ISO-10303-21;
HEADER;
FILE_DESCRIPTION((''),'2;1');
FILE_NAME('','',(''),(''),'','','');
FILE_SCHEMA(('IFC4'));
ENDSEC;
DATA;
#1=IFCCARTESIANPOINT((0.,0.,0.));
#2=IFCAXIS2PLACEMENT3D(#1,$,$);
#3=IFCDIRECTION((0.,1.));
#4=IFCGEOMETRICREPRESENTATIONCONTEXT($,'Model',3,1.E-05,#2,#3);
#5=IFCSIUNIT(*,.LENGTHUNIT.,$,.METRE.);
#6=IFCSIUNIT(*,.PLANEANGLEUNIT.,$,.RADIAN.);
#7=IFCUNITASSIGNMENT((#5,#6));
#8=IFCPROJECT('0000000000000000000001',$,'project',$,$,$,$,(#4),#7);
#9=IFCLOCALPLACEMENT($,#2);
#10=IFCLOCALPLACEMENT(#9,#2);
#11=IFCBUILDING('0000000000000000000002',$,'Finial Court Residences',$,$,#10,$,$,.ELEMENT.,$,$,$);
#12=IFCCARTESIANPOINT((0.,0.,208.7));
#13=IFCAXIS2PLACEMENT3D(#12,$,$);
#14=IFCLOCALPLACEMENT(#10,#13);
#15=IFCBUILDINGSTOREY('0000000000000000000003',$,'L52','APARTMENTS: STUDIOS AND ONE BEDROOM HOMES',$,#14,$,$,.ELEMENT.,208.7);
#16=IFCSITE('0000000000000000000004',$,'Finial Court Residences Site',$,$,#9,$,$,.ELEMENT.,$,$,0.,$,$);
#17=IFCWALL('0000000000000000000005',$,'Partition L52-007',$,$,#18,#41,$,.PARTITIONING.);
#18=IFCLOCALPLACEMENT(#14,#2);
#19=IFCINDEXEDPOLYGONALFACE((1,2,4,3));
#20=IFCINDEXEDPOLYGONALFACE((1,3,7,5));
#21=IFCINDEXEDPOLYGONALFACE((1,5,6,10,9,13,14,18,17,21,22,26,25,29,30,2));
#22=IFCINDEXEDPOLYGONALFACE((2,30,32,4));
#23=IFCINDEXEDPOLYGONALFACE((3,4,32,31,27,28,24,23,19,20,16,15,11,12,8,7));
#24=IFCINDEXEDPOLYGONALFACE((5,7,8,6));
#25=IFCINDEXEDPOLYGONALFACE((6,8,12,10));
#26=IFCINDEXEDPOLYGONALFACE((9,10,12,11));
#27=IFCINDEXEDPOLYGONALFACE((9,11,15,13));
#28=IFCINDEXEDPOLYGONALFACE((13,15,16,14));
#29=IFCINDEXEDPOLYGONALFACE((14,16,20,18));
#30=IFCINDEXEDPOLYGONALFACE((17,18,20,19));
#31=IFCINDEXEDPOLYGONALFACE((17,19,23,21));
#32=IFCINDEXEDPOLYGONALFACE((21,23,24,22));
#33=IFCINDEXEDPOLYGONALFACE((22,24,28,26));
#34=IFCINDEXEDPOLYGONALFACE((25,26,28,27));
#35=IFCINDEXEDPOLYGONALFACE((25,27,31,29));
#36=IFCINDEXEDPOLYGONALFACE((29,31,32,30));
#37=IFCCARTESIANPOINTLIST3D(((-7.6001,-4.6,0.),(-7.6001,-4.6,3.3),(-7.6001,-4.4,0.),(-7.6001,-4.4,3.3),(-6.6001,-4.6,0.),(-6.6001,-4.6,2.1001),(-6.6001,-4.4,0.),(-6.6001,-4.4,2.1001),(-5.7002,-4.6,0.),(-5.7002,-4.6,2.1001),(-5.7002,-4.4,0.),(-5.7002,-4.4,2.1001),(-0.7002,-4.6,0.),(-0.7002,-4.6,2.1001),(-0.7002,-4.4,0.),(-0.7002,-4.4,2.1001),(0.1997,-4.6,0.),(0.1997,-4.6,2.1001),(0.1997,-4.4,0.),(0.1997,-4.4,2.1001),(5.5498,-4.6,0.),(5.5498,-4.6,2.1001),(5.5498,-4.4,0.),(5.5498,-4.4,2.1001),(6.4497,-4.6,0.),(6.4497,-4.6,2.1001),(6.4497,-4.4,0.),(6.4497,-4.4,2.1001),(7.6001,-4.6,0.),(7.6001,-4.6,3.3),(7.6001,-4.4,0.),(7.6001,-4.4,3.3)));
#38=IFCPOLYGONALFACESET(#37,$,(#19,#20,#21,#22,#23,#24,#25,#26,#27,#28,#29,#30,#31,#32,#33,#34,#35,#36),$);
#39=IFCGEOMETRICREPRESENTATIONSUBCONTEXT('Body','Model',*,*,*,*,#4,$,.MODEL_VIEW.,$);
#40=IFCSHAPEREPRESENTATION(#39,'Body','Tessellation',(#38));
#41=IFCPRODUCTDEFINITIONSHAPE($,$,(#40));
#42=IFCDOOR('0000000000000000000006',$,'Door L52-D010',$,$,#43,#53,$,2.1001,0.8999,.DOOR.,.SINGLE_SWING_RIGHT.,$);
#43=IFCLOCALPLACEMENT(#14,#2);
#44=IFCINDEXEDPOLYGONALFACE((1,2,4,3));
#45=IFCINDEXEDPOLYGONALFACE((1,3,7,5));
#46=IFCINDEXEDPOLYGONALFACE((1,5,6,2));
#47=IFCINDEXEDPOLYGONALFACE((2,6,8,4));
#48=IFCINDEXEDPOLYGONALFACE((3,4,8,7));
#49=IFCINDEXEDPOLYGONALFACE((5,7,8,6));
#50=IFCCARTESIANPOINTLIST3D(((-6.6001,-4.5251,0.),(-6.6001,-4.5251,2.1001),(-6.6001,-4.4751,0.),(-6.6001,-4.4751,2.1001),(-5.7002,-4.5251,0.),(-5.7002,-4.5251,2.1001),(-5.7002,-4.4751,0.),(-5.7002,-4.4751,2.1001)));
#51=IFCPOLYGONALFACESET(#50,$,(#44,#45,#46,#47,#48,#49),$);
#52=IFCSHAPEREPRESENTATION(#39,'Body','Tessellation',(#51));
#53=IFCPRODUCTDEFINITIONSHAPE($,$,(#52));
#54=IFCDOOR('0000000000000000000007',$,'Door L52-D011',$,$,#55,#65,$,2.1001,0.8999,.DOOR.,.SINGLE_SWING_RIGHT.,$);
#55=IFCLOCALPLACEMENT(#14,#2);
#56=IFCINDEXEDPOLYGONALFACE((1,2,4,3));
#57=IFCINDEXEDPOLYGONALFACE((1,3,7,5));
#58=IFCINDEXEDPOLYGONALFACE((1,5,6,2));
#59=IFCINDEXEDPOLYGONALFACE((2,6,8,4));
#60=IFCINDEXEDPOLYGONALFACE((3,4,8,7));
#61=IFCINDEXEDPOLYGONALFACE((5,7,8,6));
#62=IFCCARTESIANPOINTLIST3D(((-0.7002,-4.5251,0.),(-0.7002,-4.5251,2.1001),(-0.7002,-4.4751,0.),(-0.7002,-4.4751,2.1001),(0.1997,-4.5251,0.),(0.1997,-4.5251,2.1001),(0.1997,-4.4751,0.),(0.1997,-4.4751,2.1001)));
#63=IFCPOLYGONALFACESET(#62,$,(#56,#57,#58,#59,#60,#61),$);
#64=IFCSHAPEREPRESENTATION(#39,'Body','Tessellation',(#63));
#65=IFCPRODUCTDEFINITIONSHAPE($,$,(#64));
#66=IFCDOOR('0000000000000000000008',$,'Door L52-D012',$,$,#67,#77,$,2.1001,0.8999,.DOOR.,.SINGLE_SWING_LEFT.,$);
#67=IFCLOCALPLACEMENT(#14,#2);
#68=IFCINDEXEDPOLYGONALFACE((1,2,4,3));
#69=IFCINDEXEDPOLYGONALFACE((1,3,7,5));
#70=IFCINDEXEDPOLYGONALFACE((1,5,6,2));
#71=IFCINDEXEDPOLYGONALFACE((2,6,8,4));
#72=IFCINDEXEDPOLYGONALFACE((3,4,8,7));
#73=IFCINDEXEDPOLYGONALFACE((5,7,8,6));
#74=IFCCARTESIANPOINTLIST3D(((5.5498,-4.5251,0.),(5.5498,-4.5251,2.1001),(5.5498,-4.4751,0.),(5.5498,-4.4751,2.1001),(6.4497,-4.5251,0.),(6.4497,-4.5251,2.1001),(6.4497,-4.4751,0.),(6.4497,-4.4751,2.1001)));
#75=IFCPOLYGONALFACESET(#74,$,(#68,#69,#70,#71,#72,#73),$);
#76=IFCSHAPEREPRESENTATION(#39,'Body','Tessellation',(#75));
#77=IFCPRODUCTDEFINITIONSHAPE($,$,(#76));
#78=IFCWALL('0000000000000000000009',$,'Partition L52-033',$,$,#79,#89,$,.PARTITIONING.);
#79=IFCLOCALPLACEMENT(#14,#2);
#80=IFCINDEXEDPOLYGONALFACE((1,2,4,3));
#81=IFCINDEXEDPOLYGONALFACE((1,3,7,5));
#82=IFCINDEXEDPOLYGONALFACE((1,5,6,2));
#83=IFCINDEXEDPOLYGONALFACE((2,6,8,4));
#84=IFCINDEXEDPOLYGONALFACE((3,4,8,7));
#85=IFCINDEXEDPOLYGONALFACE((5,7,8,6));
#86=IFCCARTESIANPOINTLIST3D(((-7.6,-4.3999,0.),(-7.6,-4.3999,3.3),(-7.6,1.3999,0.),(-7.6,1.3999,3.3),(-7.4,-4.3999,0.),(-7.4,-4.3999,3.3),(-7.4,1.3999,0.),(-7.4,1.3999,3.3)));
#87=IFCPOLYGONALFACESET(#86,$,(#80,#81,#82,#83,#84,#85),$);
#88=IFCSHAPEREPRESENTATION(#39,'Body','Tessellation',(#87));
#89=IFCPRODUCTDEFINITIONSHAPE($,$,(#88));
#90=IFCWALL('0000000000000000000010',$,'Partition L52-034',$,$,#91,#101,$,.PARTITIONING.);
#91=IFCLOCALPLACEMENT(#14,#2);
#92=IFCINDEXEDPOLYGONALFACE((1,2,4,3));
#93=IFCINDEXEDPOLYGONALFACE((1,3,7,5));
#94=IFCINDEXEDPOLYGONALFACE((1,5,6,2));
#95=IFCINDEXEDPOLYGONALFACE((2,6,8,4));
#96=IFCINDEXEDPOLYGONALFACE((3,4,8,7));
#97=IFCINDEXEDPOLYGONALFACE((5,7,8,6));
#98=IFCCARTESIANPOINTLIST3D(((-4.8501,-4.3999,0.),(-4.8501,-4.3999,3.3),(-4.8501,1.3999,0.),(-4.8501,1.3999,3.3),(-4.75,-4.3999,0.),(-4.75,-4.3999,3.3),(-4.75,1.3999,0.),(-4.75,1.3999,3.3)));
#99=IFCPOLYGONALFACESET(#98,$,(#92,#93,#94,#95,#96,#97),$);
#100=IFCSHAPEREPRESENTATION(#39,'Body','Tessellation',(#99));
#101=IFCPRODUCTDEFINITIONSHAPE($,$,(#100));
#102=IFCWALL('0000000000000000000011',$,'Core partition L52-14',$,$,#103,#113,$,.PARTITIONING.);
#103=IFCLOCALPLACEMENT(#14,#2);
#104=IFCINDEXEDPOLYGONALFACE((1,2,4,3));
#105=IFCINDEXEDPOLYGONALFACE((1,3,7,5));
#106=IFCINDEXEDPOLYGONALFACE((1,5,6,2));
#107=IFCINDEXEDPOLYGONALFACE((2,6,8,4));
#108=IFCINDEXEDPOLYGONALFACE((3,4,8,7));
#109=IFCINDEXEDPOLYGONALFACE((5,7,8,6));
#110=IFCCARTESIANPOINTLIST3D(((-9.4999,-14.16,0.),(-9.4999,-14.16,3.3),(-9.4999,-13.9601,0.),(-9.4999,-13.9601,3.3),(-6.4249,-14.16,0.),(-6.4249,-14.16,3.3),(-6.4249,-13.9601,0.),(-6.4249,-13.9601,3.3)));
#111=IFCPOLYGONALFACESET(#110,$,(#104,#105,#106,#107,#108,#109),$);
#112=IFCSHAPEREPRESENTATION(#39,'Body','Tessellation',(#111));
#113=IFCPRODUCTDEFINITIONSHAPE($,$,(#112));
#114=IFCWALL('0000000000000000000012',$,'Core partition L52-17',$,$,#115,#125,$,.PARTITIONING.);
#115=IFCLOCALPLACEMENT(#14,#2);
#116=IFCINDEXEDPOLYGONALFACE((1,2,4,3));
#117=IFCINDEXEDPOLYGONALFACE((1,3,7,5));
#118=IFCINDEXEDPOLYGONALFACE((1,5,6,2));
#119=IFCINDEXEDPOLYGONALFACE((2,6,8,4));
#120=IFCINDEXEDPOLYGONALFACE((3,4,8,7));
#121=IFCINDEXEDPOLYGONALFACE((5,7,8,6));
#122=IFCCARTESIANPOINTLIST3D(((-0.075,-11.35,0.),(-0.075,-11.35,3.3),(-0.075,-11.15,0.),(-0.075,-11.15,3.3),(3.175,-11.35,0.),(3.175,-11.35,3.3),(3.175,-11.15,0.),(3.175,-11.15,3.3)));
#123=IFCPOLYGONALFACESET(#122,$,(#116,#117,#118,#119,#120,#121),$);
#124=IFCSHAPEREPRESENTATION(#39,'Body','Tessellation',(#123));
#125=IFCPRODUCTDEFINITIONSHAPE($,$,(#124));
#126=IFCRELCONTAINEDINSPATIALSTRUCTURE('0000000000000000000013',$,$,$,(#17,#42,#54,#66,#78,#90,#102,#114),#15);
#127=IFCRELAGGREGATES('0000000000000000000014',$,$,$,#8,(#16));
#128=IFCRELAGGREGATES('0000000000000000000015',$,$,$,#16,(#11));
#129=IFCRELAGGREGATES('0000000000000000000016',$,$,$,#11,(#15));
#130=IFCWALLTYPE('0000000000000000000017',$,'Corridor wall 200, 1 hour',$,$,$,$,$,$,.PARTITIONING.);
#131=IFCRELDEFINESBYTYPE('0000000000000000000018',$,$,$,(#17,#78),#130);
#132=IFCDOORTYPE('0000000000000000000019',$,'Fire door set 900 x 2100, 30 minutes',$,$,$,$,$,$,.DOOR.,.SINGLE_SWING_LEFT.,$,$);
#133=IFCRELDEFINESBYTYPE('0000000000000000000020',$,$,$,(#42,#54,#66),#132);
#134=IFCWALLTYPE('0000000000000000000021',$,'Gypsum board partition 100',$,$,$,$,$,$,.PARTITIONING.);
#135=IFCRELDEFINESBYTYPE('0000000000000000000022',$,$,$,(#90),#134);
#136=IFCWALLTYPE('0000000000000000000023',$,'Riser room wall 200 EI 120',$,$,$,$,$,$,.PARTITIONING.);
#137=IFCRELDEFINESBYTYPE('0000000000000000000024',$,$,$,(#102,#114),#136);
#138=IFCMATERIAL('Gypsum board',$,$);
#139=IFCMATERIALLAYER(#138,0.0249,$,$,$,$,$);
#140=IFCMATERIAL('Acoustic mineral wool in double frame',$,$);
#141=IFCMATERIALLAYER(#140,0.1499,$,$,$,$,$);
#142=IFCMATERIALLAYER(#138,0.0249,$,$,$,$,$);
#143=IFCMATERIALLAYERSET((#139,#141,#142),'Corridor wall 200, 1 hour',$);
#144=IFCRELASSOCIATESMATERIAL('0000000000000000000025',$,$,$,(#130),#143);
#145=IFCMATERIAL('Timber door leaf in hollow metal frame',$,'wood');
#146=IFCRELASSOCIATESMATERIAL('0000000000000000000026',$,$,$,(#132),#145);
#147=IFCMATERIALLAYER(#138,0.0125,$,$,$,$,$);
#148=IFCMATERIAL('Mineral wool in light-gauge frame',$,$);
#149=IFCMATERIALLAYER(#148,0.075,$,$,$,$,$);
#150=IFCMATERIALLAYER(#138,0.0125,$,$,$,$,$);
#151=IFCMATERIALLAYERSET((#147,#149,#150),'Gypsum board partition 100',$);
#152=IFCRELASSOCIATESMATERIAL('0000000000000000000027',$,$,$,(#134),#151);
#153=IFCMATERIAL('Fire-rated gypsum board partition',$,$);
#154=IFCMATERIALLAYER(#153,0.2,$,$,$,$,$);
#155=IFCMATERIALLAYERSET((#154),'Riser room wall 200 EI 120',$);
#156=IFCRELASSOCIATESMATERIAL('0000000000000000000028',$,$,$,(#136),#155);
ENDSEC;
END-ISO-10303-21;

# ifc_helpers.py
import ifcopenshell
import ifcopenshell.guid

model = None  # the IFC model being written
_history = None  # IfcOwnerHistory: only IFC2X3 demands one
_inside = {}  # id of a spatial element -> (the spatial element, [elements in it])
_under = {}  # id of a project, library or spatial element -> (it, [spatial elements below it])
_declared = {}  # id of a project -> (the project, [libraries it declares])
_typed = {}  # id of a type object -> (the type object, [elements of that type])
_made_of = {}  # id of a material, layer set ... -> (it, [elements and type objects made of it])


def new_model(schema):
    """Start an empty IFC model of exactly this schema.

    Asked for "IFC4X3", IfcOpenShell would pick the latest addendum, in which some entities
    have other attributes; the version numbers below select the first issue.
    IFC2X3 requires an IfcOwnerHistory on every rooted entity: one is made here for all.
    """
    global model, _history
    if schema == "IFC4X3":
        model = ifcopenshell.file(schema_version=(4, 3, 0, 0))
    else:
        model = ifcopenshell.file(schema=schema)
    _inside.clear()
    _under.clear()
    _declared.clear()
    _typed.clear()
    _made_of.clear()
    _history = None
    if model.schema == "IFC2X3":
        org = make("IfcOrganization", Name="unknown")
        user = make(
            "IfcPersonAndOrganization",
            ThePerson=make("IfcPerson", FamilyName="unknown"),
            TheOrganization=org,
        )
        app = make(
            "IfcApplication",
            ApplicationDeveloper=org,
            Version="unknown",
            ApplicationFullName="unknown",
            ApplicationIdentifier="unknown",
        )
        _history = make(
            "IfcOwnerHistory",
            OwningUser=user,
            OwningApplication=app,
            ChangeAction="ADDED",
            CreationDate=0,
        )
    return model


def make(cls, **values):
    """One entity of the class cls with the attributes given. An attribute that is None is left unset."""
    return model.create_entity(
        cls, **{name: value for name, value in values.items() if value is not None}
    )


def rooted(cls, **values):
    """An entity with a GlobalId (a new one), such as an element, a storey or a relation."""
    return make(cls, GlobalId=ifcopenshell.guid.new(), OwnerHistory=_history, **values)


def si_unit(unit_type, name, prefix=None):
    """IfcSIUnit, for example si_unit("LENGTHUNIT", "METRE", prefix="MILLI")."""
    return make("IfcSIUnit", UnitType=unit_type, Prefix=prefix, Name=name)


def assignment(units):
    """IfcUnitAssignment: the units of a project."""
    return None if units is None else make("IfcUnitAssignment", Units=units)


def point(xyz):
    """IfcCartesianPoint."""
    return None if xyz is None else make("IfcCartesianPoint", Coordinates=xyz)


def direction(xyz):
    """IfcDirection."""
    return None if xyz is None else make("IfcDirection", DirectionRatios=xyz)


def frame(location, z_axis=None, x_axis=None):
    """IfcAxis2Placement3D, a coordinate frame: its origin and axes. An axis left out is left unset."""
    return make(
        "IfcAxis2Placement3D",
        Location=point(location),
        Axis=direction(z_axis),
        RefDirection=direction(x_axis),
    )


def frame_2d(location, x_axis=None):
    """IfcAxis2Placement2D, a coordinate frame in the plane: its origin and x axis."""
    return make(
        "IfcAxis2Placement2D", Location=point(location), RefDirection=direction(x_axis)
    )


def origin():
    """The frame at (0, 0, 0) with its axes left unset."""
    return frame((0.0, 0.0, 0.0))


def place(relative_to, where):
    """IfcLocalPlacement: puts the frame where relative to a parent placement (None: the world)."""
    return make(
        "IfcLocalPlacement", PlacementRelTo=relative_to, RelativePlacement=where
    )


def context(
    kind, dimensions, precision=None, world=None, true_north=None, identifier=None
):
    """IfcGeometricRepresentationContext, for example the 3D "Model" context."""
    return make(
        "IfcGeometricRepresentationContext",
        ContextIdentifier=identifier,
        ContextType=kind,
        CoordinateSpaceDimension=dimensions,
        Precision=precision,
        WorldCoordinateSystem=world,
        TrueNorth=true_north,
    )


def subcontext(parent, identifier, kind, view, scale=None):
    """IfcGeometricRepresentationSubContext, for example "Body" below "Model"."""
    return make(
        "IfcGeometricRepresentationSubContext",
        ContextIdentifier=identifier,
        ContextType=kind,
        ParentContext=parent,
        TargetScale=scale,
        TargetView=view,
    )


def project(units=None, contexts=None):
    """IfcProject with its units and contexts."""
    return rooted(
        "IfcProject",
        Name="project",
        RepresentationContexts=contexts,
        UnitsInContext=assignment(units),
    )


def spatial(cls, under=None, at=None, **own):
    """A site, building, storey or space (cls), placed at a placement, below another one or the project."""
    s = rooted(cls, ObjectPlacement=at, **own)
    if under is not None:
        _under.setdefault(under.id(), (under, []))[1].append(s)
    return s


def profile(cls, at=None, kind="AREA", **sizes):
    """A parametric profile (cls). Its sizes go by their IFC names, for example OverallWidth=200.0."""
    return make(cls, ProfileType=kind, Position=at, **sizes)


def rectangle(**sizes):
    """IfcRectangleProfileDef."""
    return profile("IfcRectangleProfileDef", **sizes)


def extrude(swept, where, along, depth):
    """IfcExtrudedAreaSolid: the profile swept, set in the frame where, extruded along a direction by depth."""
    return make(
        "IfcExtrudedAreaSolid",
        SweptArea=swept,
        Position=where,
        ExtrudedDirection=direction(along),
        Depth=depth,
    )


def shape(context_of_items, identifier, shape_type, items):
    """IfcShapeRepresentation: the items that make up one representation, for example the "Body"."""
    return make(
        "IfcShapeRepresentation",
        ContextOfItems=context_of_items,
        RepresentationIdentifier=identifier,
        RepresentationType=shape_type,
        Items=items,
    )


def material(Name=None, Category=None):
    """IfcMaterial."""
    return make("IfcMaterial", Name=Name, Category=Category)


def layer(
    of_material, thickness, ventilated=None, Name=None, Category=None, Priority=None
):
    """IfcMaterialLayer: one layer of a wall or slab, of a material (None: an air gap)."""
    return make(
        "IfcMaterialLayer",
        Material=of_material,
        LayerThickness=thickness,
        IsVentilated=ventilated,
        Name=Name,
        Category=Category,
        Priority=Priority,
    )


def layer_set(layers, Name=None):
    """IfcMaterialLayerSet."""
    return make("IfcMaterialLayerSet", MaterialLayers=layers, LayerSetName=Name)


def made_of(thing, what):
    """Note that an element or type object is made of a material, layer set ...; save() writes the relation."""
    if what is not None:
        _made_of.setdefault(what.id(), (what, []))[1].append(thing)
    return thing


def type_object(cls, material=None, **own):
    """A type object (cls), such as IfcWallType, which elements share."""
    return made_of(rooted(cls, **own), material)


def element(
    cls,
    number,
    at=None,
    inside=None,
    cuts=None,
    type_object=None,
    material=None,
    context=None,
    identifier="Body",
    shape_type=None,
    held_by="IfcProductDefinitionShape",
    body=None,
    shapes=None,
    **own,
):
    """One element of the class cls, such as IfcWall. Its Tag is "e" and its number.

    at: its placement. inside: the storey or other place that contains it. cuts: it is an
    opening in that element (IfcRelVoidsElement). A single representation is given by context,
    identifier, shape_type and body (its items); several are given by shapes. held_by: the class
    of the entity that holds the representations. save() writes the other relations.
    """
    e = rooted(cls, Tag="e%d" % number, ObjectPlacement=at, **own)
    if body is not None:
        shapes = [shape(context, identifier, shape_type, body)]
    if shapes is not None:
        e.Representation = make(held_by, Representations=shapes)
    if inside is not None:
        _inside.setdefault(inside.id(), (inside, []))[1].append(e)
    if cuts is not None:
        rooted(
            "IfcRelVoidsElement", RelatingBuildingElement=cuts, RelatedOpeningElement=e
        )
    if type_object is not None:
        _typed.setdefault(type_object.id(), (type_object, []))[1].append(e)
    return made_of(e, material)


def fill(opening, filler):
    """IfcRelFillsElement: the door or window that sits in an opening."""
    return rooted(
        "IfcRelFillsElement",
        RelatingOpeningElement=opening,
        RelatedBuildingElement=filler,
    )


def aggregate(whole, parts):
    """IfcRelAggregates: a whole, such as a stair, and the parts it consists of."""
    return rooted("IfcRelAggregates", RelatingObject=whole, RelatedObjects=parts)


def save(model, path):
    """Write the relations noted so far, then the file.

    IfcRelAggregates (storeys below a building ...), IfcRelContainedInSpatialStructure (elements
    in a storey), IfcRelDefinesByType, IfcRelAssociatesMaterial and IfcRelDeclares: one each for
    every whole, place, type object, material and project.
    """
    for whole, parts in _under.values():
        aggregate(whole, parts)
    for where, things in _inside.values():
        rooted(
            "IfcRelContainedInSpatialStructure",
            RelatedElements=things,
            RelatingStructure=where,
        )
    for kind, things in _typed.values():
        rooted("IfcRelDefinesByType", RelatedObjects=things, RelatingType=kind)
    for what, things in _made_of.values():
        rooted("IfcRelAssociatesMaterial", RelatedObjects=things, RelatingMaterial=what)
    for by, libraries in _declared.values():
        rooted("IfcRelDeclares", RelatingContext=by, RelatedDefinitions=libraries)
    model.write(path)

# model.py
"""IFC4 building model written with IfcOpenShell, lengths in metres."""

from ifc_helpers import new_model, si_unit, direction, frame, frame_2d, origin, place, context, subcontext, project, spatial, rectangle, extrude, material, layer, layer_set, type_object, element, fill, save


model = new_model("IFC4")

# Units and contexts
model_context = context("Model", 3, precision=1e-05, world=origin(), true_north=direction((0.0, 1.0)))
body_context = subcontext(model_context, "Body", "Model", "MODEL_VIEW")
ifc_project = project(units=[si_unit("LENGTHUNIT", "METRE"), si_unit("PLANEANGLEUNIT", "RADIAN")], contexts=[model_context])

# Site, building, storey
site_placement = place(None, origin())
site = spatial("IfcSite", under=ifc_project, at=site_placement, Name="Finial Court Residences Site", CompositionType="ELEMENT", RefElevation=0.0)
building_placement = place(site_placement, origin())
building = spatial("IfcBuilding", under=site, at=building_placement, Name="Finial Court Residences", CompositionType="ELEMENT")
storey_placement = place(building_placement, frame((0.0, 0.0, 208.7)))
storey = spatial("IfcBuildingStorey", under=building, at=storey_placement, Name="L52", Description="APARTMENTS: STUDIOS AND ONE BEDROOM HOMES", CompositionType="ELEMENT", Elevation=208.7)

# Shared definitions
ifc_material_1 = material(Name="Fire-rated gypsum board partition")

# Wall, openings, doors
ifc_material_2 = material(Name="Gypsum board")
ifc_layer_1 = layer(ifc_material_2, 0.0249)
ifc_material_3 = material(Name="Acoustic mineral wool in double frame")
ifc_layer_2 = layer(ifc_material_3, 0.1499)
ifc_layer_3 = layer(ifc_material_2, 0.0249)
ifc_layer_set_1 = layer_set([ifc_layer_1, ifc_layer_2, ifc_layer_3], Name="Corridor wall 200, 1 hour")
wall_type_1 = type_object("IfcWallType", Name="Corridor wall 200, 1 hour", PredefinedType="PARTITIONING", material=ifc_layer_set_1)
wall_1_placement = place(storey_placement, frame((-7.6001, -4.5, 0.0), z_axis=(0.0, 0.0, 1.0), x_axis=(1.0, 0.0, 0.0)))
wall_1 = element("IfcWall", 1, at=wall_1_placement, inside=storey, type_object=wall_type_1, Name="Partition L52-007", PredefinedType="PARTITIONING", context=body_context, shape_type="SweptSolid", body=[
    extrude(rectangle(XDim=15.2002, YDim=0.2, at=frame_2d((7.6001, 0.0))), origin(), (0.0, 0.0, 1.0), 3.3),
])
opening_1_placement = place(wall_1_placement, frame((1.0, 0.0, 0.0)))
opening_1 = element("IfcOpeningElement", 2, at=opening_1_placement, cuts=wall_1, PredefinedType="OPENING", context=body_context, shape_type="SweptSolid", body=[
    extrude(rectangle(XDim=0.8999, YDim=2.1001, at=frame_2d((0.45, 1.05))), frame((0.0, 0.1099, 0.0), z_axis=(0.0, -1.0, 0.0), x_axis=(1.0, 0.0, 0.0)), (0.0, 0.0, 1.0), 0.22),
])
opening_2_placement = place(wall_1_placement, frame((6.8999, 0.0, 0.0)))
opening_2 = element("IfcOpeningElement", 3, at=opening_2_placement, cuts=wall_1, PredefinedType="OPENING", context=body_context, shape_type="SweptSolid", body=[
    extrude(rectangle(XDim=0.8999, YDim=2.1001, at=frame_2d((0.45, 1.05))), frame((0.0, 0.1099, 0.0), z_axis=(0.0, -1.0, 0.0), x_axis=(1.0, 0.0, 0.0)), (0.0, 0.0, 1.0), 0.22),
])
opening_3_placement = place(wall_1_placement, frame((13.1499, 0.0, 0.0)))
opening_3 = element("IfcOpeningElement", 4, at=opening_3_placement, cuts=wall_1, PredefinedType="OPENING", context=body_context, shape_type="SweptSolid", body=[
    extrude(rectangle(XDim=0.8999, YDim=2.1001, at=frame_2d((0.45, 1.05))), frame((0.0, 0.1099, 0.0), z_axis=(0.0, -1.0, 0.0), x_axis=(1.0, 0.0, 0.0)), (0.0, 0.0, 1.0), 0.22),
])
ifc_material_4 = material(Name="Timber door leaf in hollow metal frame", Category="wood")
door_type_1 = type_object("IfcDoorType", Name="Fire door set 900 x 2100, 30 minutes", OperationType="SINGLE_SWING_LEFT", PredefinedType="DOOR", material=ifc_material_4)
door_1_placement = place(opening_1_placement, origin())
door_1 = element("IfcDoor", 5, at=door_1_placement, inside=storey, type_object=door_type_1, Name="Door L52-D010", OperationType="SINGLE_SWING_RIGHT", OverallHeight=2.1001, OverallWidth=0.8999, PredefinedType="DOOR", context=body_context, shape_type="SweptSolid", body=[
    extrude(rectangle(XDim=0.8999, YDim=2.1001, at=frame_2d((0.45, 1.05))), frame((0.0, 0.0249, 0.0), z_axis=(0.0, -1.0, 0.0), x_axis=(1.0, 0.0, 0.0)), (0.0, 0.0, 1.0), 0.05),
])
fill(opening_1, door_1)
door_2_placement = place(opening_2_placement, origin())
door_2 = element("IfcDoor", 6, at=door_2_placement, inside=storey, type_object=door_type_1, Name="Door L52-D011", OperationType="SINGLE_SWING_RIGHT", OverallHeight=2.1001, OverallWidth=0.8999, PredefinedType="DOOR", context=body_context, shape_type="SweptSolid", body=[
    extrude(rectangle(XDim=0.8999, YDim=2.1001, at=frame_2d((0.45, 1.05))), frame((0.0, 0.0249, 0.0), z_axis=(0.0, -1.0, 0.0), x_axis=(1.0, 0.0, 0.0)), (0.0, 0.0, 1.0), 0.05),
])
fill(opening_2, door_2)
door_3_placement = place(opening_3_placement, origin())
door_3 = element("IfcDoor", 7, at=door_3_placement, inside=storey, type_object=door_type_1, Name="Door L52-D012", OperationType="SINGLE_SWING_LEFT", OverallHeight=2.1001, OverallWidth=0.8999, PredefinedType="DOOR", context=body_context, shape_type="SweptSolid", body=[
    extrude(rectangle(XDim=0.8999, YDim=2.1001, at=frame_2d((0.45, 1.05))), frame((0.0, 0.0249, 0.0), z_axis=(0.0, -1.0, 0.0), x_axis=(1.0, 0.0, 0.0)), (0.0, 0.0, 1.0), 0.05),
])
fill(opening_3, door_3)

# Walls
wall_2_placement = place(storey_placement, frame((-7.5, -4.3999, 0.0), z_axis=(0.0, 0.0, 1.0), x_axis=(0.0, 1.0, 0.0)))
element("IfcWall", 8, at=wall_2_placement, inside=storey, type_object=wall_type_1, Name="Partition L52-033", PredefinedType="PARTITIONING", context=body_context, shape_type="SweptSolid", body=[
    extrude(rectangle(XDim=5.7998, YDim=0.2, at=frame_2d((2.8999, 0.0))), origin(), (0.0, 0.0, 1.0), 3.3),
])
ifc_layer_4 = layer(ifc_material_2, 0.0125)
ifc_material_5 = material(Name="Mineral wool in light-gauge frame")
ifc_layer_5 = layer(ifc_material_5, 0.075)
ifc_layer_6 = layer(ifc_material_2, 0.0125)
ifc_layer_set_2 = layer_set([ifc_layer_4, ifc_layer_5, ifc_layer_6], Name="Gypsum board partition 100")
wall_type_2 = type_object("IfcWallType", Name="Gypsum board partition 100", PredefinedType="PARTITIONING", material=ifc_layer_set_2)
wall_3_placement = place(storey_placement, frame((-4.8, -4.3999, 0.0), z_axis=(0.0, 0.0, 1.0), x_axis=(0.0, 1.0, 0.0)))
element("IfcWall", 9, at=wall_3_placement, inside=storey, type_object=wall_type_2, Name="Partition L52-034", PredefinedType="PARTITIONING", context=body_context, shape_type="SweptSolid", body=[
    extrude(rectangle(XDim=5.7998, YDim=0.1001, at=frame_2d((2.8999, 0.0))), origin(), (0.0, 0.0, 1.0), 3.3),
])
ifc_layer_7 = layer(ifc_material_1, 0.2)
ifc_layer_set_3 = layer_set([ifc_layer_7], Name="Riser room wall 200 EI 120")
wall_type_3 = type_object("IfcWallType", Name="Riser room wall 200 EI 120", PredefinedType="PARTITIONING", material=ifc_layer_set_3)
wall_4_placement = place(storey_placement, frame((-9.5, -14.0601, 0.0), z_axis=(0.0, 0.0, 1.0), x_axis=(1.0, 0.0, 0.0)))
element("IfcWall", 10, at=wall_4_placement, inside=storey, type_object=wall_type_3, Name="Core partition L52-14", PredefinedType="PARTITIONING", context=body_context, shape_type="SweptSolid", body=[
    extrude(rectangle(XDim=3.075, YDim=0.2, at=frame_2d((1.5376, 0.0))), origin(), (0.0, 0.0, 1.0), 3.3),
])
wall_5_placement = place(storey_placement, frame((-0.075, -11.25, 0.0), z_axis=(0.0, 0.0, 1.0), x_axis=(1.0, 0.0, 0.0)))
element("IfcWall", 11, at=wall_5_placement, inside=storey, type_object=wall_type_3, Name="Core partition L52-17", PredefinedType="PARTITIONING", context=body_context, shape_type="SweptSolid", body=[
    extrude(rectangle(XDim=3.25, YDim=0.2, at=frame_2d((1.625, 0.0))), origin(), (0.0, 0.0, 1.0), 3.3),
])

save(model, "model.ifc")
